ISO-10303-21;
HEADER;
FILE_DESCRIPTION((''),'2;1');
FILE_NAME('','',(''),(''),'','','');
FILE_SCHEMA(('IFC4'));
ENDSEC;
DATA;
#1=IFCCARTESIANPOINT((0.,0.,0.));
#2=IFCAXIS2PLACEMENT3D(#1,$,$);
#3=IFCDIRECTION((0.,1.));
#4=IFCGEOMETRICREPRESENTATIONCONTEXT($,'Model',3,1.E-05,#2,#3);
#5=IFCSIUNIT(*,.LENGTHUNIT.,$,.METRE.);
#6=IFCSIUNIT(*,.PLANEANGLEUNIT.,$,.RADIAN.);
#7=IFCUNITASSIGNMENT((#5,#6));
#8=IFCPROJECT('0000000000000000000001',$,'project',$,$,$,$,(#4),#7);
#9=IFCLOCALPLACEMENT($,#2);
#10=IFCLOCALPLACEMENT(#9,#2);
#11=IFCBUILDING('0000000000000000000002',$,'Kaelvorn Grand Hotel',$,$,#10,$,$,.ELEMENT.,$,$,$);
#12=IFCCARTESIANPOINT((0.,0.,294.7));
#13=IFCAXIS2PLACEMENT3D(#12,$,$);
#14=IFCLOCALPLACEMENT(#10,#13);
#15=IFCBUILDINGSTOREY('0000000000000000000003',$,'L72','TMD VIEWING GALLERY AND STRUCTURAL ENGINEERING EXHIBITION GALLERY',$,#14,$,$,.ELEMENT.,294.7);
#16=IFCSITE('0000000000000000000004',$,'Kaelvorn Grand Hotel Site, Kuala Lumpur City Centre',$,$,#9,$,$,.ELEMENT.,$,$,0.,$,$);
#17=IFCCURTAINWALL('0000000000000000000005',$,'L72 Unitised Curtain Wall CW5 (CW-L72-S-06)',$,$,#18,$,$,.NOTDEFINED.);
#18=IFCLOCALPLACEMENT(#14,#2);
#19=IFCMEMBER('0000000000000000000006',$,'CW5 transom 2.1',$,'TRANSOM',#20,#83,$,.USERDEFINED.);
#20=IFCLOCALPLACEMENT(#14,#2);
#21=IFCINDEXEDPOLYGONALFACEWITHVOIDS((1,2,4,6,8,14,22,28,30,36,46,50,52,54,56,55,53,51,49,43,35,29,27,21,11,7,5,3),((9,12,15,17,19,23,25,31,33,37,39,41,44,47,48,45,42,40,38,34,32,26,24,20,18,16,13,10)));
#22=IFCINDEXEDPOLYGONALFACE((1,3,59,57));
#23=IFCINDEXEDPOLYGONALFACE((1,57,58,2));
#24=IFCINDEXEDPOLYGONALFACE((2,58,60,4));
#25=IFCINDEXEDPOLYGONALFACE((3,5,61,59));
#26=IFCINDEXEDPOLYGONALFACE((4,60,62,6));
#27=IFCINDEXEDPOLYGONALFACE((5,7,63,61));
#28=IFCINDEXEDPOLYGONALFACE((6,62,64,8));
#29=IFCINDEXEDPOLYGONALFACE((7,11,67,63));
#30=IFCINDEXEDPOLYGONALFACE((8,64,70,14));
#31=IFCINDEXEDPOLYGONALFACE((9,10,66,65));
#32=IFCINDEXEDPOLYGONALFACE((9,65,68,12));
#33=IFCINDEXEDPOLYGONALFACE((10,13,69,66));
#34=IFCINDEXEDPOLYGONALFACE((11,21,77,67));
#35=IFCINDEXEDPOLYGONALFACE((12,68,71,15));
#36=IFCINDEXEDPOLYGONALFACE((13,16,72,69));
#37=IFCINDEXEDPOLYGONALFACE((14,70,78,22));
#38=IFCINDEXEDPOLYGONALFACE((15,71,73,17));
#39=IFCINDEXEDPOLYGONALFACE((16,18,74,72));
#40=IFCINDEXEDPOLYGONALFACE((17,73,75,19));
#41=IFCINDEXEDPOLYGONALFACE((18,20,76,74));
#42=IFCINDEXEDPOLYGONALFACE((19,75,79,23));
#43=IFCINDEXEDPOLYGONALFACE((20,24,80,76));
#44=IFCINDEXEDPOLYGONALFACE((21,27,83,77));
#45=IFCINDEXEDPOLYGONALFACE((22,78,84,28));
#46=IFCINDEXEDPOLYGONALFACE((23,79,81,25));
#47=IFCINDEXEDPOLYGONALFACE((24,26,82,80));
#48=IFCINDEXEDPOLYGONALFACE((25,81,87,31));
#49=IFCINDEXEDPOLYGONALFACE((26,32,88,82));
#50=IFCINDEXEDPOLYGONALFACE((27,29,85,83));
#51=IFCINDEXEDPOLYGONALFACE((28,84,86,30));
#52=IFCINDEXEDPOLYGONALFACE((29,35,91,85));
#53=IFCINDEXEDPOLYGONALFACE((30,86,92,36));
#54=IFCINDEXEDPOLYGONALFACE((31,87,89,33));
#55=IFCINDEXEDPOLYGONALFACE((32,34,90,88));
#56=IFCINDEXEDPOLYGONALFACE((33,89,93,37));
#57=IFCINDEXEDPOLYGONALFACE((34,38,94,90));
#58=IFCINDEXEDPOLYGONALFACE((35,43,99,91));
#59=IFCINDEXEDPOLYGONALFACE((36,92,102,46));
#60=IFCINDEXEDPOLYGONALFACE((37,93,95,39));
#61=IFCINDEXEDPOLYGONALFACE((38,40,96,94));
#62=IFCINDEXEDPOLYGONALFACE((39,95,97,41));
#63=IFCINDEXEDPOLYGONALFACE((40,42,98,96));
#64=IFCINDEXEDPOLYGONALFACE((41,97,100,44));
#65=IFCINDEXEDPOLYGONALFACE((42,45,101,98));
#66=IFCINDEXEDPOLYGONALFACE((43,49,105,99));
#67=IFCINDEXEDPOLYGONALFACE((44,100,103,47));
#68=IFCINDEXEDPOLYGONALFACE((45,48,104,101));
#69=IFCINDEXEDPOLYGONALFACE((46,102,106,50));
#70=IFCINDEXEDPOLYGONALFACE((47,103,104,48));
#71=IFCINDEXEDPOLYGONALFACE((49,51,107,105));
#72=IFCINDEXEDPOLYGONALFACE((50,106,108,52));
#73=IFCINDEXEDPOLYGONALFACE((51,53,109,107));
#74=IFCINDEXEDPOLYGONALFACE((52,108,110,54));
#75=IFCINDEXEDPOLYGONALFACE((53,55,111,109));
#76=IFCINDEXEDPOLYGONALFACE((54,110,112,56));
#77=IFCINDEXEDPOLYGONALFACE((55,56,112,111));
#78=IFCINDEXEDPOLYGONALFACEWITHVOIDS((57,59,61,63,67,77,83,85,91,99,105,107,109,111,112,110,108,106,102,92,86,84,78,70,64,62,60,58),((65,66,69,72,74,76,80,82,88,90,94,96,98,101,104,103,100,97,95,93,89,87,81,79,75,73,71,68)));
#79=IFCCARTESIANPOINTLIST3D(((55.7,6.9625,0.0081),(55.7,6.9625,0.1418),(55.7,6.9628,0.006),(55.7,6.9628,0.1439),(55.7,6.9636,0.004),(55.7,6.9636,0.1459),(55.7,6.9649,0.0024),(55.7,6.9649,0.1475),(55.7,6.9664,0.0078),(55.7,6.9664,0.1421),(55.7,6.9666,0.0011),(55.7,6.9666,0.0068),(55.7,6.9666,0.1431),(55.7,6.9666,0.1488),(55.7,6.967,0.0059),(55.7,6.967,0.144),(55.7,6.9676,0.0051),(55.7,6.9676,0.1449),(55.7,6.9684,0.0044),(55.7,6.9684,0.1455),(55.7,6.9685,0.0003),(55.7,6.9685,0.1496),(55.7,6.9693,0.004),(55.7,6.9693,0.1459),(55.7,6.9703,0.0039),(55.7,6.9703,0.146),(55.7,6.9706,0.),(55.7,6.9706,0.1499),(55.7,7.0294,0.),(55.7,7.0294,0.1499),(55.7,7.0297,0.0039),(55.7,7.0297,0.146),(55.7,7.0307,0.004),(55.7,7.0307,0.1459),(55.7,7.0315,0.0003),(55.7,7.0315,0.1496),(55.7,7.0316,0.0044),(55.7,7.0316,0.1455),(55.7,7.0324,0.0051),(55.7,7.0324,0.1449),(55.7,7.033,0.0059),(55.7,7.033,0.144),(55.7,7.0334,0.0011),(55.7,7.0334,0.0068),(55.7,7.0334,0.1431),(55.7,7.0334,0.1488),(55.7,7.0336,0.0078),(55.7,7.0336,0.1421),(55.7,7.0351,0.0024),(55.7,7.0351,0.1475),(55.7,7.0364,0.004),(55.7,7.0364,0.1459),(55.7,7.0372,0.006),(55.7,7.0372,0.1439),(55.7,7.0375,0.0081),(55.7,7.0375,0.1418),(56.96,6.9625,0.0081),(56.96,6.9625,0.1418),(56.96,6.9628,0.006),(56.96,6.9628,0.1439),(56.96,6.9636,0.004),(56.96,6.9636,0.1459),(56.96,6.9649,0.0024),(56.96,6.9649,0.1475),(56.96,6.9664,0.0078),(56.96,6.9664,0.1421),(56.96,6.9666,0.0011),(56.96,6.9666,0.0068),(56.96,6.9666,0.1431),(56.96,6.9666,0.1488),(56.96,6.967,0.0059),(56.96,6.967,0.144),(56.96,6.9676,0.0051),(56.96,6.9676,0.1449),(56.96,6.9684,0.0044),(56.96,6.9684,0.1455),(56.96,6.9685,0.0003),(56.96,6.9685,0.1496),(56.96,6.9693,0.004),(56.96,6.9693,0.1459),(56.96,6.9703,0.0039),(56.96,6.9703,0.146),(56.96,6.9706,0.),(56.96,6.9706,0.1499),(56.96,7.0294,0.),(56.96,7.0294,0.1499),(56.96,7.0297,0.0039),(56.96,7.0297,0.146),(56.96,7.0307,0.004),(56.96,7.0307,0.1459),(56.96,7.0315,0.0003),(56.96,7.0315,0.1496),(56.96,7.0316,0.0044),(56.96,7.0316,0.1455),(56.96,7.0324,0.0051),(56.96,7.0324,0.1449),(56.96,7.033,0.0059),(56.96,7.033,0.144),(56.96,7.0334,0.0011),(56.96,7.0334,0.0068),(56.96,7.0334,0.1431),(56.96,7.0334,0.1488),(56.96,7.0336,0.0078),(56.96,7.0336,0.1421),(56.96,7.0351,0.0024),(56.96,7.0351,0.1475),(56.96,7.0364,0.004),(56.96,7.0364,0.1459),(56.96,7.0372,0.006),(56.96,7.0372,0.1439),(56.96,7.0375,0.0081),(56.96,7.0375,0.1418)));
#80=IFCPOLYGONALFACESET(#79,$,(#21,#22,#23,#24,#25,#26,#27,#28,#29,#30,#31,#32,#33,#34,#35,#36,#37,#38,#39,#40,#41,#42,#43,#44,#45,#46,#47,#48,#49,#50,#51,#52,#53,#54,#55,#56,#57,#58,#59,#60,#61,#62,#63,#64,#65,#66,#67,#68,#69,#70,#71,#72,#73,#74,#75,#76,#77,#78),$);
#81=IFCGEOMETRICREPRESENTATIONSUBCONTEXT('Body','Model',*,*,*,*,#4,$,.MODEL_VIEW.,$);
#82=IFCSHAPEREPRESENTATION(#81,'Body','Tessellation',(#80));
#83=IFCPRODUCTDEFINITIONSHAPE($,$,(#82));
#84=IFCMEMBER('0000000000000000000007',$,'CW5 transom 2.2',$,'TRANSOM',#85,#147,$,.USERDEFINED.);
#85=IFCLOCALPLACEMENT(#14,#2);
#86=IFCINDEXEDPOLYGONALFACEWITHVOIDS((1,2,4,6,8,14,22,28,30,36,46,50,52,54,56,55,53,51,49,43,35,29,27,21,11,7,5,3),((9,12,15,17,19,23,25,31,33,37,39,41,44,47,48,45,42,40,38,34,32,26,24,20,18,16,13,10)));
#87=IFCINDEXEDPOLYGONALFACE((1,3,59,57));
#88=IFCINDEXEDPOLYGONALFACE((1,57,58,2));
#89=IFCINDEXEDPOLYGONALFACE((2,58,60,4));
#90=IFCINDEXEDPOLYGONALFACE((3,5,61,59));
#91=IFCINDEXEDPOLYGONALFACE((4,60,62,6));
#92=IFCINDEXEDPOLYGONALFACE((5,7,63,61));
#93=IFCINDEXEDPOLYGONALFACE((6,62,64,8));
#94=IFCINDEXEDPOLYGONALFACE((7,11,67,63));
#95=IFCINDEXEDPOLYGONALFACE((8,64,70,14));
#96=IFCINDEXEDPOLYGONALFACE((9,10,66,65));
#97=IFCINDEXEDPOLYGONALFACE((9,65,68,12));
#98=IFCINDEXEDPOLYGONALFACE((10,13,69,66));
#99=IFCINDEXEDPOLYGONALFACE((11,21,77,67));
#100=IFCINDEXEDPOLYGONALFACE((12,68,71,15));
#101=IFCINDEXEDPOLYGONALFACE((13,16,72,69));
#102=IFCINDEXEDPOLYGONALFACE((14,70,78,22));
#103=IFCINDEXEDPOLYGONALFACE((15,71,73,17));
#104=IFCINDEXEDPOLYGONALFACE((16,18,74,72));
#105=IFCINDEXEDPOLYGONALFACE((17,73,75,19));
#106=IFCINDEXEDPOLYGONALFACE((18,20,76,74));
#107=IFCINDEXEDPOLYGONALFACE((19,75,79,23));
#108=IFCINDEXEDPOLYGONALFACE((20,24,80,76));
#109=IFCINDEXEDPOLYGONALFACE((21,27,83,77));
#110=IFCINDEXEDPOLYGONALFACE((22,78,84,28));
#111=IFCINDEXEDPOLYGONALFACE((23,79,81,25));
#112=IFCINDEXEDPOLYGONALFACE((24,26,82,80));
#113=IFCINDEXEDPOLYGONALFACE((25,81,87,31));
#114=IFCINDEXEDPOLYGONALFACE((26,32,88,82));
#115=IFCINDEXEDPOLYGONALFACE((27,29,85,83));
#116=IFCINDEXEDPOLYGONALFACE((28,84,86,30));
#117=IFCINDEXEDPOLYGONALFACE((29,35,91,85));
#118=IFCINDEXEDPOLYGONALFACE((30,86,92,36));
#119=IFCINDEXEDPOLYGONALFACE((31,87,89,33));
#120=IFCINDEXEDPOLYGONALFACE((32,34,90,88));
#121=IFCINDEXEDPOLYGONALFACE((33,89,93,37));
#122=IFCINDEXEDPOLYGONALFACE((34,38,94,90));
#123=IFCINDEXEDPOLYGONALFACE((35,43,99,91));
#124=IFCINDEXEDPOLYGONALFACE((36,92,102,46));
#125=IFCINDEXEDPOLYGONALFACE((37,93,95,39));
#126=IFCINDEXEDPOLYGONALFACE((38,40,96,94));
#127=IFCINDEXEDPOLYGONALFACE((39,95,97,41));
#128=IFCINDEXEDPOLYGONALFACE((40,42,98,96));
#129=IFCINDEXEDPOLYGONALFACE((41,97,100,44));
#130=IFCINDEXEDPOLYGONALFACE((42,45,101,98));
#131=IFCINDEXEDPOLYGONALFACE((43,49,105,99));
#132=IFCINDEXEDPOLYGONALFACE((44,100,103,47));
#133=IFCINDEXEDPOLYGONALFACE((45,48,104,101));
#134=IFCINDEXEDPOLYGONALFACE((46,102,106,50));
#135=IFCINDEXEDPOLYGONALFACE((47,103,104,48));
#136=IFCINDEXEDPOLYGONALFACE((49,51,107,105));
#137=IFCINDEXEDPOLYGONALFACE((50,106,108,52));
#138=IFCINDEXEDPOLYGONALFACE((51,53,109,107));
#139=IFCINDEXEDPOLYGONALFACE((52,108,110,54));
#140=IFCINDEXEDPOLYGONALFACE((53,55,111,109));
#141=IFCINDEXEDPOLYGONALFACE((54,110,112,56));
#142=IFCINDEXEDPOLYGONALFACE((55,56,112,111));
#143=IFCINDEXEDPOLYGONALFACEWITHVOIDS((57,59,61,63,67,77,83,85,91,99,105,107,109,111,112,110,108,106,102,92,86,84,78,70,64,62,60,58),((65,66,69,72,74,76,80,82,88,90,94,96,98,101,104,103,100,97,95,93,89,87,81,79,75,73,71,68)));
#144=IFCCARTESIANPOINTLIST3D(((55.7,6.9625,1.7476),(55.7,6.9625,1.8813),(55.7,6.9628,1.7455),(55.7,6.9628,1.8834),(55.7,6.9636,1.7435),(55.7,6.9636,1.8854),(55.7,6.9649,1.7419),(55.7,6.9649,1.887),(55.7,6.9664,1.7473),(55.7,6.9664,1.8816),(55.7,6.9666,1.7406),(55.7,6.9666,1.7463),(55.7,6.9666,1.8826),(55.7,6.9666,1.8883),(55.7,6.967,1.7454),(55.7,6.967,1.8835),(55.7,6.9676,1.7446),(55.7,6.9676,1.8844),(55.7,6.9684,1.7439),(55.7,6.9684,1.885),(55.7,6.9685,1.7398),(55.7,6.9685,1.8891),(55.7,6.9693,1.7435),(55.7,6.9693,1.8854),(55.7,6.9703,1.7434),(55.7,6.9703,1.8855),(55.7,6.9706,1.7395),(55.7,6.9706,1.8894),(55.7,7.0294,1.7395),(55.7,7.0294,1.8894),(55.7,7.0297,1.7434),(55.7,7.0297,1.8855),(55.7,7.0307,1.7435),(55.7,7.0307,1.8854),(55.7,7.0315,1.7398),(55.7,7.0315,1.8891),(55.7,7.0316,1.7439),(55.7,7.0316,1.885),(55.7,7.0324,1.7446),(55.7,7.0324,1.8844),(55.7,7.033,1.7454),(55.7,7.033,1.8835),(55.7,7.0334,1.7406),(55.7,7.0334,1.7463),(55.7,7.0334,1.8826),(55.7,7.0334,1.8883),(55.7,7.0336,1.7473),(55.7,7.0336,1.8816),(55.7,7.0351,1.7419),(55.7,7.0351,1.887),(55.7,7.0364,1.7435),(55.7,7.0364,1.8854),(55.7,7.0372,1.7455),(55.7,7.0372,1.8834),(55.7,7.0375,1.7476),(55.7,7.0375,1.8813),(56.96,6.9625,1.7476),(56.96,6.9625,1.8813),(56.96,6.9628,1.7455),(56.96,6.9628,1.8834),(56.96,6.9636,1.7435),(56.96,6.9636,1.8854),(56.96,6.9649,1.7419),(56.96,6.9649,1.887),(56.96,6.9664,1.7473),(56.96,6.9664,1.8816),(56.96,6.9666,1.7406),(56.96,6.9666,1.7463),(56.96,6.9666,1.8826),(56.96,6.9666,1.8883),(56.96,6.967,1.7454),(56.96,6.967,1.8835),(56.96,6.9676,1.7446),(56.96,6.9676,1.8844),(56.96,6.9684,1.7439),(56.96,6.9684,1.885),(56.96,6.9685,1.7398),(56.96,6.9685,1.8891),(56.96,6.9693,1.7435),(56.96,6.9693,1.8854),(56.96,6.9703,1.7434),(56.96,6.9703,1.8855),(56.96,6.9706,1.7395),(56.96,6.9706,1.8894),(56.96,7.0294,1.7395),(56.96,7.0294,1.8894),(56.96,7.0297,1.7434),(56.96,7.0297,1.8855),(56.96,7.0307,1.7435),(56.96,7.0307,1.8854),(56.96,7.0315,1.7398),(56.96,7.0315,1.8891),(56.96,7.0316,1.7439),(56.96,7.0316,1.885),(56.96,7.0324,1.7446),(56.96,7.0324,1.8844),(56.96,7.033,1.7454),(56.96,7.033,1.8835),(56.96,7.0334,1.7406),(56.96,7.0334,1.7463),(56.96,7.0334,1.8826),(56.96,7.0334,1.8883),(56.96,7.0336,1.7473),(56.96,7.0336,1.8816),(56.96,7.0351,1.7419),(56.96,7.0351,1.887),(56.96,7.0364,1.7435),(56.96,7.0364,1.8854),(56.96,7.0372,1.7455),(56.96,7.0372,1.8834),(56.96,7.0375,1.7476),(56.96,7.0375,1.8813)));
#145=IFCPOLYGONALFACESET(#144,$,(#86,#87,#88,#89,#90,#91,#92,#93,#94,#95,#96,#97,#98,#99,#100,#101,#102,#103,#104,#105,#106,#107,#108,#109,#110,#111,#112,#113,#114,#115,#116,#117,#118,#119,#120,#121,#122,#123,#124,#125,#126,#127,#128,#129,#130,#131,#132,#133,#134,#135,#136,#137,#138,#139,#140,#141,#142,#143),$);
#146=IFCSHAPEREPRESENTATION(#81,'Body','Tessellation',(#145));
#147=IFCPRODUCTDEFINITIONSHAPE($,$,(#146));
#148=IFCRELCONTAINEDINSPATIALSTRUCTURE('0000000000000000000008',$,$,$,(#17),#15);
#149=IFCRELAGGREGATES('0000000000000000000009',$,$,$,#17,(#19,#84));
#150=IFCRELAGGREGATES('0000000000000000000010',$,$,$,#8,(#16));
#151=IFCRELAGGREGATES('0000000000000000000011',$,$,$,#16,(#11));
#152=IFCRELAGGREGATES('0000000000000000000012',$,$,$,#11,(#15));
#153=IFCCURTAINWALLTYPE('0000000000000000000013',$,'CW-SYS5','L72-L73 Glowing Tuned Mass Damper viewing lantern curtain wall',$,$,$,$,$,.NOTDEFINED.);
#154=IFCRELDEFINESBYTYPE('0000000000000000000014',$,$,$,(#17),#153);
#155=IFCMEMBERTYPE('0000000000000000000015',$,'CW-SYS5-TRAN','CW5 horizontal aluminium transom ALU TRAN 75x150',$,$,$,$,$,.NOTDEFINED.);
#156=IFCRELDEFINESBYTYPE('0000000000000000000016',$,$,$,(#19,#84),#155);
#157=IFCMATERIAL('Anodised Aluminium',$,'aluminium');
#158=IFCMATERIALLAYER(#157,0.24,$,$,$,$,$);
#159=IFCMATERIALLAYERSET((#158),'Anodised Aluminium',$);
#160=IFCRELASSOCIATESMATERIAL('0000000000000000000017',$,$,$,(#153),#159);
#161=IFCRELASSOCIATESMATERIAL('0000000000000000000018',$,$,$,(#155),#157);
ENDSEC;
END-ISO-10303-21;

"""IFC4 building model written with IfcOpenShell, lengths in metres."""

from ifc_helpers import new_model, si_unit, direction, frame, origin, origin_2d, place, context, subcontext, project, spatial, hollow_rectangle, extrude, material, layer, layer_set, material_profile, profile_set, type_object, element, aggregate, save


model = new_model("IFC4")

# Units and contexts
model_context = context("Model", 3, precision=1e-05, world=origin(), true_north=direction((0.0, 1.0)))
body_context = subcontext(model_context, "Body", "Model", "MODEL_VIEW")
ifc_project = project(units=[si_unit("LENGTHUNIT", "METRE"), si_unit("PLANEANGLEUNIT", "RADIAN")], contexts=[model_context])

# Site, building, storey
site_placement = place(None, origin())
site = spatial("IfcSite", under=ifc_project, at=site_placement, Name="Kaelvorn Grand Hotel Site, Kuala Lumpur City Centre", CompositionType="ELEMENT", RefElevation=0.0)
building_placement = place(site_placement, origin())
building = spatial("IfcBuilding", under=site, at=building_placement, Name="Kaelvorn Grand Hotel", CompositionType="ELEMENT")
storey_placement = place(building_placement, frame((0.0, 0.0, 294.7)))
storey = spatial("IfcBuildingStorey", under=building, at=storey_placement, Name="L72", Description="TMD VIEWING GALLERY AND STRUCTURAL ENGINEERING EXHIBITION GALLERY", CompositionType="ELEMENT", Elevation=294.7)

# Curtain wall, members
ifc_material_1 = material(Name="Anodised Aluminium", Category="aluminium")
ifc_layer_1 = layer(ifc_material_1, 0.24)
ifc_layer_set_1 = layer_set([ifc_layer_1], Name="Anodised Aluminium")
curtain_wall_type = type_object("IfcCurtainWallType", Name="CW-SYS5", Description="L72-L73 Glowing Tuned Mass Damper viewing lantern curtain wall", PredefinedType="NOTDEFINED", material=ifc_layer_set_1)
curtain_wall_placement = place(storey_placement, origin())
curtain_wall = element("IfcCurtainWall", 1, at=curtain_wall_placement, inside=storey, type_object=curtain_wall_type, Name="L72 Unitised Curtain Wall CW5 (CW-L72-S-06)", PredefinedType="NOTDEFINED")
ifc_material_profile_1 = material_profile(ifc_material_1, hollow_rectangle(XDim=0.075, YDim=0.1499, WallThickness=0.0039, InnerFilletRadius=0.0039, OuterFilletRadius=0.0081, at=origin_2d()), Name="ALU TRAN 75x150")
ifc_profile_set_1 = profile_set([ifc_material_profile_1], Name="Anodised Aluminium")
member_type_1 = type_object("IfcMemberType", Name="CW-SYS5-TRAN", Description="CW5 horizontal aluminium transom ALU TRAN 75x150", PredefinedType="NOTDEFINED", material=ifc_profile_set_1)
member_1_placement = place(storey_placement, frame((55.7, 7.0, 0.075), z_axis=(1.0, 0.0, 0.0), x_axis=(0.0, 1.0, 0.0)))
member_1 = element("IfcMember", 2, at=member_1_placement, type_object=member_type_1, Name="CW5 transom 2.1", ObjectType="TRANSOM", PredefinedType="USERDEFINED", context=body_context, shape_type="SweptSolid", body=[
    extrude(hollow_rectangle(XDim=0.075, YDim=0.1499, WallThickness=0.0039, InnerFilletRadius=0.0039, OuterFilletRadius=0.0081, at=origin_2d()), origin(), (0.0, 0.0, 1.0), 1.26),
])
member_2_placement = place(storey_placement, frame((55.7, 7.0, 1.8145), z_axis=(1.0, 0.0, 0.0), x_axis=(0.0, 1.0, 0.0)))
member_2 = element("IfcMember", 3, at=member_2_placement, type_object=member_type_1, Name="CW5 transom 2.2", ObjectType="TRANSOM", PredefinedType="USERDEFINED", context=body_context, shape_type="SweptSolid", body=[
    extrude(hollow_rectangle(XDim=0.075, YDim=0.1499, WallThickness=0.0039, InnerFilletRadius=0.0039, OuterFilletRadius=0.0081, at=origin_2d()), origin(), (0.0, 0.0, 1.0), 1.26),
])
aggregate(curtain_wall, [member_1, member_2])

save(model, "model.ifc")
